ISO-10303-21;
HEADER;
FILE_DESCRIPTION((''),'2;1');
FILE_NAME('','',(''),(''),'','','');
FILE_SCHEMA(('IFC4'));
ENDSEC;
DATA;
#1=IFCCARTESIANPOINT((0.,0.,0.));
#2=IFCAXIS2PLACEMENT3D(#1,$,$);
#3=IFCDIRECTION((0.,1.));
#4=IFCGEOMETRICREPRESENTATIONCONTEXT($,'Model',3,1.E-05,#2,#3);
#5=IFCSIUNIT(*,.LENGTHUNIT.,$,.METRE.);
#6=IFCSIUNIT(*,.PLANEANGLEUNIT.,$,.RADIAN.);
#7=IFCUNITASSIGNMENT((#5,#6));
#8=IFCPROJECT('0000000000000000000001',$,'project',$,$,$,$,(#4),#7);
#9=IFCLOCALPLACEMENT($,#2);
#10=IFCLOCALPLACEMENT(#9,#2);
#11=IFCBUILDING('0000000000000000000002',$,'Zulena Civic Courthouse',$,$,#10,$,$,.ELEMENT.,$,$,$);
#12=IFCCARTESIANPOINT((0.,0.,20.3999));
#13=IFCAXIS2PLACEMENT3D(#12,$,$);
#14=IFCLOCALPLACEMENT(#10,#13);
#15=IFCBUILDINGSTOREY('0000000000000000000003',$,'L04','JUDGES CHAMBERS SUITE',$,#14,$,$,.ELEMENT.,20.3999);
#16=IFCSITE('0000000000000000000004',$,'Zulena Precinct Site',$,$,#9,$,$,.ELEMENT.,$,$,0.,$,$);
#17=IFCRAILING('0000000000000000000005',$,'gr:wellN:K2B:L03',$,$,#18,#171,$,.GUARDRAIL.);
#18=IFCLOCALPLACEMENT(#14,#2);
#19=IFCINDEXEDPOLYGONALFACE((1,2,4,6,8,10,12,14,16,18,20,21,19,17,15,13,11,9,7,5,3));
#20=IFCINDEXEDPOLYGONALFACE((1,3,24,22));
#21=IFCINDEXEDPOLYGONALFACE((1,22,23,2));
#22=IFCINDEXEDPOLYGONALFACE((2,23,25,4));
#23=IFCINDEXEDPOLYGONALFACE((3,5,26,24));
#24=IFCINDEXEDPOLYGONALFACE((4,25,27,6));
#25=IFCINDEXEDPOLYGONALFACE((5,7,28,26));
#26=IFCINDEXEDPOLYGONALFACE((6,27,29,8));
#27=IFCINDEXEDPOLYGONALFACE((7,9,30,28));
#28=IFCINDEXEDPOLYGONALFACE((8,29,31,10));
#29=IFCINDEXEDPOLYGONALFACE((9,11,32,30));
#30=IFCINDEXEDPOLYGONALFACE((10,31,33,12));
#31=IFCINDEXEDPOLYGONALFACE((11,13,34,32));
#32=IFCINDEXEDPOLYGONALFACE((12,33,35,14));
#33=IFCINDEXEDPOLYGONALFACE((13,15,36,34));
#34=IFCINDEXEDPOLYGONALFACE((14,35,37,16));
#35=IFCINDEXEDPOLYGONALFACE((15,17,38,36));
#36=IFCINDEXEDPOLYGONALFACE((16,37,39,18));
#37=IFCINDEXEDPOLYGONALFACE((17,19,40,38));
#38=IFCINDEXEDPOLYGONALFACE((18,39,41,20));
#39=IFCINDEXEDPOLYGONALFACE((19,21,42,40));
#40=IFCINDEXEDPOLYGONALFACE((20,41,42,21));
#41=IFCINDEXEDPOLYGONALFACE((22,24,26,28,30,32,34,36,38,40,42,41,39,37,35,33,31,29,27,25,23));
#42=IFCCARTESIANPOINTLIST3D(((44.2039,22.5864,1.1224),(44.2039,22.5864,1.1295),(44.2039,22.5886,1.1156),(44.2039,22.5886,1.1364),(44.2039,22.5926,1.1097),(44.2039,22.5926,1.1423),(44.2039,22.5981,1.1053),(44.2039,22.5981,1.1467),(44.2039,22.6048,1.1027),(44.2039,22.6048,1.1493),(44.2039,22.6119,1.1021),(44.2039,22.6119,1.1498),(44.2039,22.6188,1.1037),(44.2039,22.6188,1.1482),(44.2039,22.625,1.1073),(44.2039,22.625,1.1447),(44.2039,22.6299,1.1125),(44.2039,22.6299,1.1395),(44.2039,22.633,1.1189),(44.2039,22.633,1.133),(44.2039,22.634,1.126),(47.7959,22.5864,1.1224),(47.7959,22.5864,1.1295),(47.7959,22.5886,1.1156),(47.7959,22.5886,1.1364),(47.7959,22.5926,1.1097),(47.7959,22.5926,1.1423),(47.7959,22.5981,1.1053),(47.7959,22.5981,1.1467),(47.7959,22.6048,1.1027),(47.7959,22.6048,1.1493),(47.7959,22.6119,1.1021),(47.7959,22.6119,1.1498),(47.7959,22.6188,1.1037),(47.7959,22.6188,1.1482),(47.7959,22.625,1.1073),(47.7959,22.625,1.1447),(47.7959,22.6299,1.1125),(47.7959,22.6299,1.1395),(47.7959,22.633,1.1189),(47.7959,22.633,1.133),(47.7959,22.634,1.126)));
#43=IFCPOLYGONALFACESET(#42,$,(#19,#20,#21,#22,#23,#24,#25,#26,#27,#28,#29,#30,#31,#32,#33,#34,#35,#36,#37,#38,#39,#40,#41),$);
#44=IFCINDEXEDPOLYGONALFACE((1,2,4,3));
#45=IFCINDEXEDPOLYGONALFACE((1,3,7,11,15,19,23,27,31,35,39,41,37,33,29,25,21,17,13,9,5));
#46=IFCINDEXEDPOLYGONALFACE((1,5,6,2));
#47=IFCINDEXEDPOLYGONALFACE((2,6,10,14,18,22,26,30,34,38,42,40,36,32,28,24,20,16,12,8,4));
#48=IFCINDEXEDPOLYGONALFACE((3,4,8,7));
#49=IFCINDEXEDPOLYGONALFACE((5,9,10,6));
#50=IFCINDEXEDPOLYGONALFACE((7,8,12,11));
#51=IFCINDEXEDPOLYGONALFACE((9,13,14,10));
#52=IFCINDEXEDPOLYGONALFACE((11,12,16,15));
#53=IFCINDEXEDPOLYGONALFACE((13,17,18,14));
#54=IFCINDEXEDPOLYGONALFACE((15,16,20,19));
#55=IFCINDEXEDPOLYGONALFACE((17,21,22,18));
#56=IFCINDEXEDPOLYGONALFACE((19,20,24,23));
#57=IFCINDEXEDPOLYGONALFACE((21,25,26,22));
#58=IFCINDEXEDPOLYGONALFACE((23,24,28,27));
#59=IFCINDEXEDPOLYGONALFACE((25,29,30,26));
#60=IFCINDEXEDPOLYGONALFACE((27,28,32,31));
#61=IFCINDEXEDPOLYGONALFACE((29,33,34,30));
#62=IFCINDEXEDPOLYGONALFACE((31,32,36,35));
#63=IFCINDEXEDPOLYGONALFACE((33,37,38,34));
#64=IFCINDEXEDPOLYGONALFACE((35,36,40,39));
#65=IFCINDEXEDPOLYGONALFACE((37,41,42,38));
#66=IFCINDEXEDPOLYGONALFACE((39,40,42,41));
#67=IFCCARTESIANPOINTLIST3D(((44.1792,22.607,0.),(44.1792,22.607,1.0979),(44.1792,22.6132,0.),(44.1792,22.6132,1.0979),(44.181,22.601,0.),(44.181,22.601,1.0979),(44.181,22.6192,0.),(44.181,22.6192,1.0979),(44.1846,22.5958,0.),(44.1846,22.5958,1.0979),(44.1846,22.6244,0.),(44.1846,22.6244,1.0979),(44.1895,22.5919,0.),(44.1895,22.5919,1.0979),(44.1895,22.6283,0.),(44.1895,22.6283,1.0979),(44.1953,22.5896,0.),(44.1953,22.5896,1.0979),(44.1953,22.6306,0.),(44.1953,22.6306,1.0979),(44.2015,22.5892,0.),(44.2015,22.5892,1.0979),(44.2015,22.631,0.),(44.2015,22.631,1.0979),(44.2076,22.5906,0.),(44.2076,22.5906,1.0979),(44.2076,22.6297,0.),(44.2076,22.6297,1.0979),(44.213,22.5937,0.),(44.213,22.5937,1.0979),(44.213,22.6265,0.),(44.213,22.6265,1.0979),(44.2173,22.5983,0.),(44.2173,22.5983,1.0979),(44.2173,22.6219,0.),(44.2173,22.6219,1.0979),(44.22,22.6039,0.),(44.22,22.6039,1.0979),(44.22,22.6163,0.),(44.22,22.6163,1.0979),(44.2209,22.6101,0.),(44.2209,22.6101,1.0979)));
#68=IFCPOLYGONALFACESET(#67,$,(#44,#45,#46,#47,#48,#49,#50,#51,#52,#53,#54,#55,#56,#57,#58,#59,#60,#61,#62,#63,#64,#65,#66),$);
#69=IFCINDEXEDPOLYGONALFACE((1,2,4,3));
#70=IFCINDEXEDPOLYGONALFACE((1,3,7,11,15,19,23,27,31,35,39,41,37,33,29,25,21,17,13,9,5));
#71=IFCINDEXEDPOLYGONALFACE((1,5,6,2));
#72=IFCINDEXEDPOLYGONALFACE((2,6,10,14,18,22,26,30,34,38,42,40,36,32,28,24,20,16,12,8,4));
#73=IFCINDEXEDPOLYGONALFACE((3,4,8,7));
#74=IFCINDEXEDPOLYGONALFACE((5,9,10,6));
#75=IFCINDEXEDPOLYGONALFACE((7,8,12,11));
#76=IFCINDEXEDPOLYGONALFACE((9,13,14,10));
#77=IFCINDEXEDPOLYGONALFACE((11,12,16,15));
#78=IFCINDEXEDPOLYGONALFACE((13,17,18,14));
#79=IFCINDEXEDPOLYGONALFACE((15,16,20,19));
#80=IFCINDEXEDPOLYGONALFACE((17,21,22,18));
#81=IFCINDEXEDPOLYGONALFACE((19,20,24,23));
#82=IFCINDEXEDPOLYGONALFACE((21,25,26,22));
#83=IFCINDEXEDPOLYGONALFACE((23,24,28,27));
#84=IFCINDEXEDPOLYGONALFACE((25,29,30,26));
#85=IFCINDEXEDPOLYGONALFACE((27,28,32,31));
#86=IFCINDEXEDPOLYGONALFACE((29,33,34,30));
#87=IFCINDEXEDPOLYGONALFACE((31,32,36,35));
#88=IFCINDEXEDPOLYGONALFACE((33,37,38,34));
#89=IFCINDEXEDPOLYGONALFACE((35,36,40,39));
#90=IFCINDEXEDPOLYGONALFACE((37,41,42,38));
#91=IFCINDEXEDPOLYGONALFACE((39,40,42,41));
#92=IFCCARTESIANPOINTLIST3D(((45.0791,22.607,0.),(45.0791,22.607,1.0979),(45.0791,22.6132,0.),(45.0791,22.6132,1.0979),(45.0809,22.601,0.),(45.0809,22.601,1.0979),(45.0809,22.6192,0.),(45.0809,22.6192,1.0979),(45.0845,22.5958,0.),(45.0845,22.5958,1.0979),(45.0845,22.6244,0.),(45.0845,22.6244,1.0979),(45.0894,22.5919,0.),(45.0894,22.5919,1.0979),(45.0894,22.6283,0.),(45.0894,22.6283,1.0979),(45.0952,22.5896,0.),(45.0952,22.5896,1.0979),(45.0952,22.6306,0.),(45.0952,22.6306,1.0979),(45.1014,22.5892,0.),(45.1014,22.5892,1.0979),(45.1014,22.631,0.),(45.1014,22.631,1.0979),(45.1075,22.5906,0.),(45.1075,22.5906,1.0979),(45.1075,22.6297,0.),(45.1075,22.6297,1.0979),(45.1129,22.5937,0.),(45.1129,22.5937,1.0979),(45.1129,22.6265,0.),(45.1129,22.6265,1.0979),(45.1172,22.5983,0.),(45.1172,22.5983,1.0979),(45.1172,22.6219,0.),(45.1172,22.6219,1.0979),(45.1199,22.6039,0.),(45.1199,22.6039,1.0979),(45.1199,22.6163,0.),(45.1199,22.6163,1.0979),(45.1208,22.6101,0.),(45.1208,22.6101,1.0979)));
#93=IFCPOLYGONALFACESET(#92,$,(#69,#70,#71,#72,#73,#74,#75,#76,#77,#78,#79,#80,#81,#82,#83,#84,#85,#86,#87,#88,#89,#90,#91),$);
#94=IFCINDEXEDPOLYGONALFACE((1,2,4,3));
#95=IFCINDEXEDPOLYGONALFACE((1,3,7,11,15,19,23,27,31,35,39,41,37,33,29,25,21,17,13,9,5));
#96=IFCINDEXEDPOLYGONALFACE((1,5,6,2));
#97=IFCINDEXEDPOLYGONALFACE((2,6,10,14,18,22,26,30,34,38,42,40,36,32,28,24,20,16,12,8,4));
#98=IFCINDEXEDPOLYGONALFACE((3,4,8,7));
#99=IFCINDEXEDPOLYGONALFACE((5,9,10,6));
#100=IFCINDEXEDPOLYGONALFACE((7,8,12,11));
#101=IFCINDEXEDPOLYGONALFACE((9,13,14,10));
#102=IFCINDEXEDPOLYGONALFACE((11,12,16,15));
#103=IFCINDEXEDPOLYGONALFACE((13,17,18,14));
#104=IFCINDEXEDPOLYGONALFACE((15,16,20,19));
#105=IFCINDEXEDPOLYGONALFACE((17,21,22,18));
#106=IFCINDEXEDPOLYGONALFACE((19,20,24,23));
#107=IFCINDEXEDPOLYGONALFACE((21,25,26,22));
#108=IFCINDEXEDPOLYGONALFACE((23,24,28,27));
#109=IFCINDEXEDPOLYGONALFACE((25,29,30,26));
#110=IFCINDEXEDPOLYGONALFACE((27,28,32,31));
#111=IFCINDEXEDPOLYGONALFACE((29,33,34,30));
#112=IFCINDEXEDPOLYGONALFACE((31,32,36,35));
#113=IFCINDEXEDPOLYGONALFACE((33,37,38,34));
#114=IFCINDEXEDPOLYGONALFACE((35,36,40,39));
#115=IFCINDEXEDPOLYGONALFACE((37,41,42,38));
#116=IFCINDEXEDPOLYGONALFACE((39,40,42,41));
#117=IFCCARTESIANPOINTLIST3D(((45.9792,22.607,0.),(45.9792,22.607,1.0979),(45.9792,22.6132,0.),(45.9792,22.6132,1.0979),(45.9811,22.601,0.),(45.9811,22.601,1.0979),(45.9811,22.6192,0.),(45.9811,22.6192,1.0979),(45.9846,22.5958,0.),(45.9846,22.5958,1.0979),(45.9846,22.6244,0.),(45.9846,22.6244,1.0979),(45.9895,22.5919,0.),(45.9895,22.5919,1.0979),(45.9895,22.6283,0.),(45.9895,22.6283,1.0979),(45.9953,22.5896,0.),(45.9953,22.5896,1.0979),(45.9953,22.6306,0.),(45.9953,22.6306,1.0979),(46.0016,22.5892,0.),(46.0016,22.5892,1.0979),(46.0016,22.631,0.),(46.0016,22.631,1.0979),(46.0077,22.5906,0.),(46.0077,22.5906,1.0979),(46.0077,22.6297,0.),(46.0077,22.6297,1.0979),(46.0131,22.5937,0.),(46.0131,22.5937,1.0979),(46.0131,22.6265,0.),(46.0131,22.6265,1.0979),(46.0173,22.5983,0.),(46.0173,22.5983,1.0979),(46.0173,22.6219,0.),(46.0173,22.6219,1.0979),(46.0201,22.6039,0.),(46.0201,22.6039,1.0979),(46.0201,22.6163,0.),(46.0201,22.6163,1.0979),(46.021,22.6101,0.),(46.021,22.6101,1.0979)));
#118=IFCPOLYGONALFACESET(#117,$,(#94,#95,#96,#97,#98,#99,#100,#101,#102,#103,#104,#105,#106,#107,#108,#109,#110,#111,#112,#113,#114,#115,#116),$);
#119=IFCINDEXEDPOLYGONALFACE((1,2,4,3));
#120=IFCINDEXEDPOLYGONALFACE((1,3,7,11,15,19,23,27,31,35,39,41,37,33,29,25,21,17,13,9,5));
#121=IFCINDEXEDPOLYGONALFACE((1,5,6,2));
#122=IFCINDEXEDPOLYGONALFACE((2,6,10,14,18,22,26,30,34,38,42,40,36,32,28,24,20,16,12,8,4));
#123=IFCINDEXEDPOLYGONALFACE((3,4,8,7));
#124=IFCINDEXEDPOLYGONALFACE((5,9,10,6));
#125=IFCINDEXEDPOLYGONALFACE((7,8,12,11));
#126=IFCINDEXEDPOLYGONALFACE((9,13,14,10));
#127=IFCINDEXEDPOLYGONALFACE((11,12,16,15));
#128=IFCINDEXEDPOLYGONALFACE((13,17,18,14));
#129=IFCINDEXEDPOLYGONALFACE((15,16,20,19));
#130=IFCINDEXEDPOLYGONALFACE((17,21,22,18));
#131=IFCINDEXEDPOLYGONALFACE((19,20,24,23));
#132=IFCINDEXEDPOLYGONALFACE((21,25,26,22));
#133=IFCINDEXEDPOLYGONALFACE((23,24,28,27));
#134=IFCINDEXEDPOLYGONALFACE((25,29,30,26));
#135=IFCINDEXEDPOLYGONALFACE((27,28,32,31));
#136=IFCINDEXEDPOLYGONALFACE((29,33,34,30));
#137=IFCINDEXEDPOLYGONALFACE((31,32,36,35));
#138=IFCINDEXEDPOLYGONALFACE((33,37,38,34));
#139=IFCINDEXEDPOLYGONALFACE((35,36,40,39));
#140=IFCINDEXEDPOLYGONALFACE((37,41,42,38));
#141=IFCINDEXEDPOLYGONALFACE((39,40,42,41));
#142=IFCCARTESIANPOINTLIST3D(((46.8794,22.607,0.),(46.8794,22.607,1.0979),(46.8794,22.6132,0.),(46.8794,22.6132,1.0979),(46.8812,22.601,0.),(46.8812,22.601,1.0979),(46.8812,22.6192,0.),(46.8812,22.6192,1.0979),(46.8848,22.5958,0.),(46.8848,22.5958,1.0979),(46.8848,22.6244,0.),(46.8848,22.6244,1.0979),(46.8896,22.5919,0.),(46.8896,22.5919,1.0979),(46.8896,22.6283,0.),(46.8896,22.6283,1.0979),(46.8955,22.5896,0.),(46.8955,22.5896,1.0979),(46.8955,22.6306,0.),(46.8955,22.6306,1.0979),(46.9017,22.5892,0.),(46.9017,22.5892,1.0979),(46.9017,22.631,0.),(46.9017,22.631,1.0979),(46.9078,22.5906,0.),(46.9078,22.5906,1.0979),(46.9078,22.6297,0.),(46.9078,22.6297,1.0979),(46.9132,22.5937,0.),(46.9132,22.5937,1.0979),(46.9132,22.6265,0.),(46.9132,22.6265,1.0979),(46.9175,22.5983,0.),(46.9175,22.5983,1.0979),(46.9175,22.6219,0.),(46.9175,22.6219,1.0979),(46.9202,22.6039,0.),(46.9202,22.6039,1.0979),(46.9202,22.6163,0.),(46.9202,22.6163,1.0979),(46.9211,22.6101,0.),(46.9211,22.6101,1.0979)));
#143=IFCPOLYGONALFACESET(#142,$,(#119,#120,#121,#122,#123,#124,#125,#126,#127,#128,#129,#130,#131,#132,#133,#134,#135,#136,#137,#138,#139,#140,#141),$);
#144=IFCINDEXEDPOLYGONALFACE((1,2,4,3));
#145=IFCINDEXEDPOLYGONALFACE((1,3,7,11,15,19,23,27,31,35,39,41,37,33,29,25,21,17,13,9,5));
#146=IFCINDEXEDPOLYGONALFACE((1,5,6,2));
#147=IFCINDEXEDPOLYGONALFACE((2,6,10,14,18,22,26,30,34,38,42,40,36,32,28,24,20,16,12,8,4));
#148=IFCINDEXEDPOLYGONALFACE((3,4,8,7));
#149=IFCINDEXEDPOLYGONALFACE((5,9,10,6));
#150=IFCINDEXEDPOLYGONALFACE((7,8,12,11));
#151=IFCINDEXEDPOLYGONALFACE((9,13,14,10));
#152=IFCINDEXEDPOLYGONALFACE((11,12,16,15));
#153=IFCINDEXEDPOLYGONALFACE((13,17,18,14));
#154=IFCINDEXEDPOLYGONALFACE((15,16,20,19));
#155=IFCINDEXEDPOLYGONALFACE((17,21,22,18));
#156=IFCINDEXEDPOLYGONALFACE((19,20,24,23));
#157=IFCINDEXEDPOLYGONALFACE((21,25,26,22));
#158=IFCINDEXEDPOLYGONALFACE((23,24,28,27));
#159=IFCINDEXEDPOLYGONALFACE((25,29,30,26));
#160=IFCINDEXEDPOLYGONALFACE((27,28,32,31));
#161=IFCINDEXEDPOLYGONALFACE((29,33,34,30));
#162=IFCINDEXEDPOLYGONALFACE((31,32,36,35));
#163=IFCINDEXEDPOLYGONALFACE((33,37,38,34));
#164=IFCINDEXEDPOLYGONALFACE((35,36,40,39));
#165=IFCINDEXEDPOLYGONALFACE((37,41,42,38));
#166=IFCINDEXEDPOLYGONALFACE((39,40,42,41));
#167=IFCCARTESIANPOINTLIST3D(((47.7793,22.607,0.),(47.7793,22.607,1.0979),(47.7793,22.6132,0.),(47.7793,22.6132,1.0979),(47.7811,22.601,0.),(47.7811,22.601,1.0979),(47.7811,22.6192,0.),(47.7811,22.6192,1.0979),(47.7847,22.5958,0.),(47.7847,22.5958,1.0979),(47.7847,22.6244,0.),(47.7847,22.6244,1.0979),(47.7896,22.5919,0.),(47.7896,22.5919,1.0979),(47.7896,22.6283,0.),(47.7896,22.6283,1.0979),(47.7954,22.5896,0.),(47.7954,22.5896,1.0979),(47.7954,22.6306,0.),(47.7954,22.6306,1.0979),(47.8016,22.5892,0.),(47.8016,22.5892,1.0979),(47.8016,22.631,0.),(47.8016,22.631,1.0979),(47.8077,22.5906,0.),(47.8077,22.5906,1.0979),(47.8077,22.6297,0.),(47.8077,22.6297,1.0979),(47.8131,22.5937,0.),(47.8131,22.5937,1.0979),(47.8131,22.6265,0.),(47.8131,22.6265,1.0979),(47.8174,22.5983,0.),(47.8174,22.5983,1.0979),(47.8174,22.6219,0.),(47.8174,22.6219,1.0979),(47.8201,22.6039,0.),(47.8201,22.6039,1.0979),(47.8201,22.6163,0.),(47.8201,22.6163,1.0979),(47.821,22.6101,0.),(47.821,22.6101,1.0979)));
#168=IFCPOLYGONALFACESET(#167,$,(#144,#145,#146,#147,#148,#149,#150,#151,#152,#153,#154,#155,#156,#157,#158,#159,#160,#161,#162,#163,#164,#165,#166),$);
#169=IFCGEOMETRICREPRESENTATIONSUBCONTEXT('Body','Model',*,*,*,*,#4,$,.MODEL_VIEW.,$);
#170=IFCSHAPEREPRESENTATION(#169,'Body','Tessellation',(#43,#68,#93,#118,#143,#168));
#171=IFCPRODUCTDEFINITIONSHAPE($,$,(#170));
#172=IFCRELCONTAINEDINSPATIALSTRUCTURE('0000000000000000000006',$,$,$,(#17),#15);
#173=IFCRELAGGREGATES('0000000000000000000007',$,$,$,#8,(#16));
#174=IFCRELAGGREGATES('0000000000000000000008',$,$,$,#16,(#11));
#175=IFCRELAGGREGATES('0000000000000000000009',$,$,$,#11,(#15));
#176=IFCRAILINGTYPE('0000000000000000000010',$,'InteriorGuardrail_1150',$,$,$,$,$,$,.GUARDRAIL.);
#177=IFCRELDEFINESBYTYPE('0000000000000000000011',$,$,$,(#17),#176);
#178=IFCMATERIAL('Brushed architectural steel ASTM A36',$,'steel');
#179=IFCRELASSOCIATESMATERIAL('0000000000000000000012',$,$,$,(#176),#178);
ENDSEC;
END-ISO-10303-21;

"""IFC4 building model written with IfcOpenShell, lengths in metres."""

from ifc_helpers import new_model, si_unit, direction, frame, origin, origin_2d, place, context, subcontext, project, spatial, circle, extrude, material, type_object, element, save


model = new_model("IFC4")

# Units and contexts
model_context = context("Model", 3, precision=1e-05, world=origin(), true_north=direction((0.0, 1.0)))
body_context = subcontext(model_context, "Body", "Model", "MODEL_VIEW")
ifc_project = project(units=[si_unit("LENGTHUNIT", "METRE"), si_unit("PLANEANGLEUNIT", "RADIAN")], contexts=[model_context])

# Site, building, storey
site_placement = place(None, origin())
site = spatial("IfcSite", under=ifc_project, at=site_placement, Name="Zulena Precinct Site", CompositionType="ELEMENT", RefElevation=0.0)
building_placement = place(site_placement, origin())
building = spatial("IfcBuilding", under=site, at=building_placement, Name="Zulena Civic Courthouse", CompositionType="ELEMENT")
storey_placement = place(building_placement, frame((0.0, 0.0, 20.3999)))
storey = spatial("IfcBuildingStorey", under=building, at=storey_placement, Name="L04", Description="JUDGES CHAMBERS SUITE", CompositionType="ELEMENT", Elevation=20.3999)

# Railing
ifc_material_1 = material(Name="Brushed architectural steel ASTM A36", Category="steel")
railing_type_1 = type_object("IfcRailingType", Name="InteriorGuardrail_1150", PredefinedType="GUARDRAIL", material=ifc_material_1)
railing_1_placement = place(storey_placement, frame((44.2, 22.6101, 0.0)))
element("IfcRailing", 1, at=railing_1_placement, inside=storey, type_object=railing_type_1, Name="gr:wellN:K2B:L03", PredefinedType="GUARDRAIL", context=body_context, shape_type="SweptSolid", body=[
    extrude(circle(Radius=0.0239, at=origin_2d()), frame((0.0039, 0.0, 1.126), z_axis=(1.0, 0.0, 0.0), x_axis=(0.0, 1.0, 0.0)), (0.0, 0.0, 1.0), 3.592),
    extrude(circle(Radius=0.021, at=origin_2d()), origin(), (0.0, 0.0, 1.0), 1.0979),
    extrude(circle(Radius=0.021, at=origin_2d()), frame((0.8999, 0.0, 0.0)), (0.0, 0.0, 1.0), 1.0979),
    extrude(circle(Radius=0.021, at=origin_2d()), frame((1.8, 0.0, 0.0)), (0.0, 0.0, 1.0), 1.0979),
    extrude(circle(Radius=0.021, at=origin_2d()), frame((2.7002, 0.0, 0.0)), (0.0, 0.0, 1.0), 1.0979),
    extrude(circle(Radius=0.021, at=origin_2d()), frame((3.6001, 0.0, 0.0)), (0.0, 0.0, 1.0), 1.0979),
])

save(model, "model.ifc")
